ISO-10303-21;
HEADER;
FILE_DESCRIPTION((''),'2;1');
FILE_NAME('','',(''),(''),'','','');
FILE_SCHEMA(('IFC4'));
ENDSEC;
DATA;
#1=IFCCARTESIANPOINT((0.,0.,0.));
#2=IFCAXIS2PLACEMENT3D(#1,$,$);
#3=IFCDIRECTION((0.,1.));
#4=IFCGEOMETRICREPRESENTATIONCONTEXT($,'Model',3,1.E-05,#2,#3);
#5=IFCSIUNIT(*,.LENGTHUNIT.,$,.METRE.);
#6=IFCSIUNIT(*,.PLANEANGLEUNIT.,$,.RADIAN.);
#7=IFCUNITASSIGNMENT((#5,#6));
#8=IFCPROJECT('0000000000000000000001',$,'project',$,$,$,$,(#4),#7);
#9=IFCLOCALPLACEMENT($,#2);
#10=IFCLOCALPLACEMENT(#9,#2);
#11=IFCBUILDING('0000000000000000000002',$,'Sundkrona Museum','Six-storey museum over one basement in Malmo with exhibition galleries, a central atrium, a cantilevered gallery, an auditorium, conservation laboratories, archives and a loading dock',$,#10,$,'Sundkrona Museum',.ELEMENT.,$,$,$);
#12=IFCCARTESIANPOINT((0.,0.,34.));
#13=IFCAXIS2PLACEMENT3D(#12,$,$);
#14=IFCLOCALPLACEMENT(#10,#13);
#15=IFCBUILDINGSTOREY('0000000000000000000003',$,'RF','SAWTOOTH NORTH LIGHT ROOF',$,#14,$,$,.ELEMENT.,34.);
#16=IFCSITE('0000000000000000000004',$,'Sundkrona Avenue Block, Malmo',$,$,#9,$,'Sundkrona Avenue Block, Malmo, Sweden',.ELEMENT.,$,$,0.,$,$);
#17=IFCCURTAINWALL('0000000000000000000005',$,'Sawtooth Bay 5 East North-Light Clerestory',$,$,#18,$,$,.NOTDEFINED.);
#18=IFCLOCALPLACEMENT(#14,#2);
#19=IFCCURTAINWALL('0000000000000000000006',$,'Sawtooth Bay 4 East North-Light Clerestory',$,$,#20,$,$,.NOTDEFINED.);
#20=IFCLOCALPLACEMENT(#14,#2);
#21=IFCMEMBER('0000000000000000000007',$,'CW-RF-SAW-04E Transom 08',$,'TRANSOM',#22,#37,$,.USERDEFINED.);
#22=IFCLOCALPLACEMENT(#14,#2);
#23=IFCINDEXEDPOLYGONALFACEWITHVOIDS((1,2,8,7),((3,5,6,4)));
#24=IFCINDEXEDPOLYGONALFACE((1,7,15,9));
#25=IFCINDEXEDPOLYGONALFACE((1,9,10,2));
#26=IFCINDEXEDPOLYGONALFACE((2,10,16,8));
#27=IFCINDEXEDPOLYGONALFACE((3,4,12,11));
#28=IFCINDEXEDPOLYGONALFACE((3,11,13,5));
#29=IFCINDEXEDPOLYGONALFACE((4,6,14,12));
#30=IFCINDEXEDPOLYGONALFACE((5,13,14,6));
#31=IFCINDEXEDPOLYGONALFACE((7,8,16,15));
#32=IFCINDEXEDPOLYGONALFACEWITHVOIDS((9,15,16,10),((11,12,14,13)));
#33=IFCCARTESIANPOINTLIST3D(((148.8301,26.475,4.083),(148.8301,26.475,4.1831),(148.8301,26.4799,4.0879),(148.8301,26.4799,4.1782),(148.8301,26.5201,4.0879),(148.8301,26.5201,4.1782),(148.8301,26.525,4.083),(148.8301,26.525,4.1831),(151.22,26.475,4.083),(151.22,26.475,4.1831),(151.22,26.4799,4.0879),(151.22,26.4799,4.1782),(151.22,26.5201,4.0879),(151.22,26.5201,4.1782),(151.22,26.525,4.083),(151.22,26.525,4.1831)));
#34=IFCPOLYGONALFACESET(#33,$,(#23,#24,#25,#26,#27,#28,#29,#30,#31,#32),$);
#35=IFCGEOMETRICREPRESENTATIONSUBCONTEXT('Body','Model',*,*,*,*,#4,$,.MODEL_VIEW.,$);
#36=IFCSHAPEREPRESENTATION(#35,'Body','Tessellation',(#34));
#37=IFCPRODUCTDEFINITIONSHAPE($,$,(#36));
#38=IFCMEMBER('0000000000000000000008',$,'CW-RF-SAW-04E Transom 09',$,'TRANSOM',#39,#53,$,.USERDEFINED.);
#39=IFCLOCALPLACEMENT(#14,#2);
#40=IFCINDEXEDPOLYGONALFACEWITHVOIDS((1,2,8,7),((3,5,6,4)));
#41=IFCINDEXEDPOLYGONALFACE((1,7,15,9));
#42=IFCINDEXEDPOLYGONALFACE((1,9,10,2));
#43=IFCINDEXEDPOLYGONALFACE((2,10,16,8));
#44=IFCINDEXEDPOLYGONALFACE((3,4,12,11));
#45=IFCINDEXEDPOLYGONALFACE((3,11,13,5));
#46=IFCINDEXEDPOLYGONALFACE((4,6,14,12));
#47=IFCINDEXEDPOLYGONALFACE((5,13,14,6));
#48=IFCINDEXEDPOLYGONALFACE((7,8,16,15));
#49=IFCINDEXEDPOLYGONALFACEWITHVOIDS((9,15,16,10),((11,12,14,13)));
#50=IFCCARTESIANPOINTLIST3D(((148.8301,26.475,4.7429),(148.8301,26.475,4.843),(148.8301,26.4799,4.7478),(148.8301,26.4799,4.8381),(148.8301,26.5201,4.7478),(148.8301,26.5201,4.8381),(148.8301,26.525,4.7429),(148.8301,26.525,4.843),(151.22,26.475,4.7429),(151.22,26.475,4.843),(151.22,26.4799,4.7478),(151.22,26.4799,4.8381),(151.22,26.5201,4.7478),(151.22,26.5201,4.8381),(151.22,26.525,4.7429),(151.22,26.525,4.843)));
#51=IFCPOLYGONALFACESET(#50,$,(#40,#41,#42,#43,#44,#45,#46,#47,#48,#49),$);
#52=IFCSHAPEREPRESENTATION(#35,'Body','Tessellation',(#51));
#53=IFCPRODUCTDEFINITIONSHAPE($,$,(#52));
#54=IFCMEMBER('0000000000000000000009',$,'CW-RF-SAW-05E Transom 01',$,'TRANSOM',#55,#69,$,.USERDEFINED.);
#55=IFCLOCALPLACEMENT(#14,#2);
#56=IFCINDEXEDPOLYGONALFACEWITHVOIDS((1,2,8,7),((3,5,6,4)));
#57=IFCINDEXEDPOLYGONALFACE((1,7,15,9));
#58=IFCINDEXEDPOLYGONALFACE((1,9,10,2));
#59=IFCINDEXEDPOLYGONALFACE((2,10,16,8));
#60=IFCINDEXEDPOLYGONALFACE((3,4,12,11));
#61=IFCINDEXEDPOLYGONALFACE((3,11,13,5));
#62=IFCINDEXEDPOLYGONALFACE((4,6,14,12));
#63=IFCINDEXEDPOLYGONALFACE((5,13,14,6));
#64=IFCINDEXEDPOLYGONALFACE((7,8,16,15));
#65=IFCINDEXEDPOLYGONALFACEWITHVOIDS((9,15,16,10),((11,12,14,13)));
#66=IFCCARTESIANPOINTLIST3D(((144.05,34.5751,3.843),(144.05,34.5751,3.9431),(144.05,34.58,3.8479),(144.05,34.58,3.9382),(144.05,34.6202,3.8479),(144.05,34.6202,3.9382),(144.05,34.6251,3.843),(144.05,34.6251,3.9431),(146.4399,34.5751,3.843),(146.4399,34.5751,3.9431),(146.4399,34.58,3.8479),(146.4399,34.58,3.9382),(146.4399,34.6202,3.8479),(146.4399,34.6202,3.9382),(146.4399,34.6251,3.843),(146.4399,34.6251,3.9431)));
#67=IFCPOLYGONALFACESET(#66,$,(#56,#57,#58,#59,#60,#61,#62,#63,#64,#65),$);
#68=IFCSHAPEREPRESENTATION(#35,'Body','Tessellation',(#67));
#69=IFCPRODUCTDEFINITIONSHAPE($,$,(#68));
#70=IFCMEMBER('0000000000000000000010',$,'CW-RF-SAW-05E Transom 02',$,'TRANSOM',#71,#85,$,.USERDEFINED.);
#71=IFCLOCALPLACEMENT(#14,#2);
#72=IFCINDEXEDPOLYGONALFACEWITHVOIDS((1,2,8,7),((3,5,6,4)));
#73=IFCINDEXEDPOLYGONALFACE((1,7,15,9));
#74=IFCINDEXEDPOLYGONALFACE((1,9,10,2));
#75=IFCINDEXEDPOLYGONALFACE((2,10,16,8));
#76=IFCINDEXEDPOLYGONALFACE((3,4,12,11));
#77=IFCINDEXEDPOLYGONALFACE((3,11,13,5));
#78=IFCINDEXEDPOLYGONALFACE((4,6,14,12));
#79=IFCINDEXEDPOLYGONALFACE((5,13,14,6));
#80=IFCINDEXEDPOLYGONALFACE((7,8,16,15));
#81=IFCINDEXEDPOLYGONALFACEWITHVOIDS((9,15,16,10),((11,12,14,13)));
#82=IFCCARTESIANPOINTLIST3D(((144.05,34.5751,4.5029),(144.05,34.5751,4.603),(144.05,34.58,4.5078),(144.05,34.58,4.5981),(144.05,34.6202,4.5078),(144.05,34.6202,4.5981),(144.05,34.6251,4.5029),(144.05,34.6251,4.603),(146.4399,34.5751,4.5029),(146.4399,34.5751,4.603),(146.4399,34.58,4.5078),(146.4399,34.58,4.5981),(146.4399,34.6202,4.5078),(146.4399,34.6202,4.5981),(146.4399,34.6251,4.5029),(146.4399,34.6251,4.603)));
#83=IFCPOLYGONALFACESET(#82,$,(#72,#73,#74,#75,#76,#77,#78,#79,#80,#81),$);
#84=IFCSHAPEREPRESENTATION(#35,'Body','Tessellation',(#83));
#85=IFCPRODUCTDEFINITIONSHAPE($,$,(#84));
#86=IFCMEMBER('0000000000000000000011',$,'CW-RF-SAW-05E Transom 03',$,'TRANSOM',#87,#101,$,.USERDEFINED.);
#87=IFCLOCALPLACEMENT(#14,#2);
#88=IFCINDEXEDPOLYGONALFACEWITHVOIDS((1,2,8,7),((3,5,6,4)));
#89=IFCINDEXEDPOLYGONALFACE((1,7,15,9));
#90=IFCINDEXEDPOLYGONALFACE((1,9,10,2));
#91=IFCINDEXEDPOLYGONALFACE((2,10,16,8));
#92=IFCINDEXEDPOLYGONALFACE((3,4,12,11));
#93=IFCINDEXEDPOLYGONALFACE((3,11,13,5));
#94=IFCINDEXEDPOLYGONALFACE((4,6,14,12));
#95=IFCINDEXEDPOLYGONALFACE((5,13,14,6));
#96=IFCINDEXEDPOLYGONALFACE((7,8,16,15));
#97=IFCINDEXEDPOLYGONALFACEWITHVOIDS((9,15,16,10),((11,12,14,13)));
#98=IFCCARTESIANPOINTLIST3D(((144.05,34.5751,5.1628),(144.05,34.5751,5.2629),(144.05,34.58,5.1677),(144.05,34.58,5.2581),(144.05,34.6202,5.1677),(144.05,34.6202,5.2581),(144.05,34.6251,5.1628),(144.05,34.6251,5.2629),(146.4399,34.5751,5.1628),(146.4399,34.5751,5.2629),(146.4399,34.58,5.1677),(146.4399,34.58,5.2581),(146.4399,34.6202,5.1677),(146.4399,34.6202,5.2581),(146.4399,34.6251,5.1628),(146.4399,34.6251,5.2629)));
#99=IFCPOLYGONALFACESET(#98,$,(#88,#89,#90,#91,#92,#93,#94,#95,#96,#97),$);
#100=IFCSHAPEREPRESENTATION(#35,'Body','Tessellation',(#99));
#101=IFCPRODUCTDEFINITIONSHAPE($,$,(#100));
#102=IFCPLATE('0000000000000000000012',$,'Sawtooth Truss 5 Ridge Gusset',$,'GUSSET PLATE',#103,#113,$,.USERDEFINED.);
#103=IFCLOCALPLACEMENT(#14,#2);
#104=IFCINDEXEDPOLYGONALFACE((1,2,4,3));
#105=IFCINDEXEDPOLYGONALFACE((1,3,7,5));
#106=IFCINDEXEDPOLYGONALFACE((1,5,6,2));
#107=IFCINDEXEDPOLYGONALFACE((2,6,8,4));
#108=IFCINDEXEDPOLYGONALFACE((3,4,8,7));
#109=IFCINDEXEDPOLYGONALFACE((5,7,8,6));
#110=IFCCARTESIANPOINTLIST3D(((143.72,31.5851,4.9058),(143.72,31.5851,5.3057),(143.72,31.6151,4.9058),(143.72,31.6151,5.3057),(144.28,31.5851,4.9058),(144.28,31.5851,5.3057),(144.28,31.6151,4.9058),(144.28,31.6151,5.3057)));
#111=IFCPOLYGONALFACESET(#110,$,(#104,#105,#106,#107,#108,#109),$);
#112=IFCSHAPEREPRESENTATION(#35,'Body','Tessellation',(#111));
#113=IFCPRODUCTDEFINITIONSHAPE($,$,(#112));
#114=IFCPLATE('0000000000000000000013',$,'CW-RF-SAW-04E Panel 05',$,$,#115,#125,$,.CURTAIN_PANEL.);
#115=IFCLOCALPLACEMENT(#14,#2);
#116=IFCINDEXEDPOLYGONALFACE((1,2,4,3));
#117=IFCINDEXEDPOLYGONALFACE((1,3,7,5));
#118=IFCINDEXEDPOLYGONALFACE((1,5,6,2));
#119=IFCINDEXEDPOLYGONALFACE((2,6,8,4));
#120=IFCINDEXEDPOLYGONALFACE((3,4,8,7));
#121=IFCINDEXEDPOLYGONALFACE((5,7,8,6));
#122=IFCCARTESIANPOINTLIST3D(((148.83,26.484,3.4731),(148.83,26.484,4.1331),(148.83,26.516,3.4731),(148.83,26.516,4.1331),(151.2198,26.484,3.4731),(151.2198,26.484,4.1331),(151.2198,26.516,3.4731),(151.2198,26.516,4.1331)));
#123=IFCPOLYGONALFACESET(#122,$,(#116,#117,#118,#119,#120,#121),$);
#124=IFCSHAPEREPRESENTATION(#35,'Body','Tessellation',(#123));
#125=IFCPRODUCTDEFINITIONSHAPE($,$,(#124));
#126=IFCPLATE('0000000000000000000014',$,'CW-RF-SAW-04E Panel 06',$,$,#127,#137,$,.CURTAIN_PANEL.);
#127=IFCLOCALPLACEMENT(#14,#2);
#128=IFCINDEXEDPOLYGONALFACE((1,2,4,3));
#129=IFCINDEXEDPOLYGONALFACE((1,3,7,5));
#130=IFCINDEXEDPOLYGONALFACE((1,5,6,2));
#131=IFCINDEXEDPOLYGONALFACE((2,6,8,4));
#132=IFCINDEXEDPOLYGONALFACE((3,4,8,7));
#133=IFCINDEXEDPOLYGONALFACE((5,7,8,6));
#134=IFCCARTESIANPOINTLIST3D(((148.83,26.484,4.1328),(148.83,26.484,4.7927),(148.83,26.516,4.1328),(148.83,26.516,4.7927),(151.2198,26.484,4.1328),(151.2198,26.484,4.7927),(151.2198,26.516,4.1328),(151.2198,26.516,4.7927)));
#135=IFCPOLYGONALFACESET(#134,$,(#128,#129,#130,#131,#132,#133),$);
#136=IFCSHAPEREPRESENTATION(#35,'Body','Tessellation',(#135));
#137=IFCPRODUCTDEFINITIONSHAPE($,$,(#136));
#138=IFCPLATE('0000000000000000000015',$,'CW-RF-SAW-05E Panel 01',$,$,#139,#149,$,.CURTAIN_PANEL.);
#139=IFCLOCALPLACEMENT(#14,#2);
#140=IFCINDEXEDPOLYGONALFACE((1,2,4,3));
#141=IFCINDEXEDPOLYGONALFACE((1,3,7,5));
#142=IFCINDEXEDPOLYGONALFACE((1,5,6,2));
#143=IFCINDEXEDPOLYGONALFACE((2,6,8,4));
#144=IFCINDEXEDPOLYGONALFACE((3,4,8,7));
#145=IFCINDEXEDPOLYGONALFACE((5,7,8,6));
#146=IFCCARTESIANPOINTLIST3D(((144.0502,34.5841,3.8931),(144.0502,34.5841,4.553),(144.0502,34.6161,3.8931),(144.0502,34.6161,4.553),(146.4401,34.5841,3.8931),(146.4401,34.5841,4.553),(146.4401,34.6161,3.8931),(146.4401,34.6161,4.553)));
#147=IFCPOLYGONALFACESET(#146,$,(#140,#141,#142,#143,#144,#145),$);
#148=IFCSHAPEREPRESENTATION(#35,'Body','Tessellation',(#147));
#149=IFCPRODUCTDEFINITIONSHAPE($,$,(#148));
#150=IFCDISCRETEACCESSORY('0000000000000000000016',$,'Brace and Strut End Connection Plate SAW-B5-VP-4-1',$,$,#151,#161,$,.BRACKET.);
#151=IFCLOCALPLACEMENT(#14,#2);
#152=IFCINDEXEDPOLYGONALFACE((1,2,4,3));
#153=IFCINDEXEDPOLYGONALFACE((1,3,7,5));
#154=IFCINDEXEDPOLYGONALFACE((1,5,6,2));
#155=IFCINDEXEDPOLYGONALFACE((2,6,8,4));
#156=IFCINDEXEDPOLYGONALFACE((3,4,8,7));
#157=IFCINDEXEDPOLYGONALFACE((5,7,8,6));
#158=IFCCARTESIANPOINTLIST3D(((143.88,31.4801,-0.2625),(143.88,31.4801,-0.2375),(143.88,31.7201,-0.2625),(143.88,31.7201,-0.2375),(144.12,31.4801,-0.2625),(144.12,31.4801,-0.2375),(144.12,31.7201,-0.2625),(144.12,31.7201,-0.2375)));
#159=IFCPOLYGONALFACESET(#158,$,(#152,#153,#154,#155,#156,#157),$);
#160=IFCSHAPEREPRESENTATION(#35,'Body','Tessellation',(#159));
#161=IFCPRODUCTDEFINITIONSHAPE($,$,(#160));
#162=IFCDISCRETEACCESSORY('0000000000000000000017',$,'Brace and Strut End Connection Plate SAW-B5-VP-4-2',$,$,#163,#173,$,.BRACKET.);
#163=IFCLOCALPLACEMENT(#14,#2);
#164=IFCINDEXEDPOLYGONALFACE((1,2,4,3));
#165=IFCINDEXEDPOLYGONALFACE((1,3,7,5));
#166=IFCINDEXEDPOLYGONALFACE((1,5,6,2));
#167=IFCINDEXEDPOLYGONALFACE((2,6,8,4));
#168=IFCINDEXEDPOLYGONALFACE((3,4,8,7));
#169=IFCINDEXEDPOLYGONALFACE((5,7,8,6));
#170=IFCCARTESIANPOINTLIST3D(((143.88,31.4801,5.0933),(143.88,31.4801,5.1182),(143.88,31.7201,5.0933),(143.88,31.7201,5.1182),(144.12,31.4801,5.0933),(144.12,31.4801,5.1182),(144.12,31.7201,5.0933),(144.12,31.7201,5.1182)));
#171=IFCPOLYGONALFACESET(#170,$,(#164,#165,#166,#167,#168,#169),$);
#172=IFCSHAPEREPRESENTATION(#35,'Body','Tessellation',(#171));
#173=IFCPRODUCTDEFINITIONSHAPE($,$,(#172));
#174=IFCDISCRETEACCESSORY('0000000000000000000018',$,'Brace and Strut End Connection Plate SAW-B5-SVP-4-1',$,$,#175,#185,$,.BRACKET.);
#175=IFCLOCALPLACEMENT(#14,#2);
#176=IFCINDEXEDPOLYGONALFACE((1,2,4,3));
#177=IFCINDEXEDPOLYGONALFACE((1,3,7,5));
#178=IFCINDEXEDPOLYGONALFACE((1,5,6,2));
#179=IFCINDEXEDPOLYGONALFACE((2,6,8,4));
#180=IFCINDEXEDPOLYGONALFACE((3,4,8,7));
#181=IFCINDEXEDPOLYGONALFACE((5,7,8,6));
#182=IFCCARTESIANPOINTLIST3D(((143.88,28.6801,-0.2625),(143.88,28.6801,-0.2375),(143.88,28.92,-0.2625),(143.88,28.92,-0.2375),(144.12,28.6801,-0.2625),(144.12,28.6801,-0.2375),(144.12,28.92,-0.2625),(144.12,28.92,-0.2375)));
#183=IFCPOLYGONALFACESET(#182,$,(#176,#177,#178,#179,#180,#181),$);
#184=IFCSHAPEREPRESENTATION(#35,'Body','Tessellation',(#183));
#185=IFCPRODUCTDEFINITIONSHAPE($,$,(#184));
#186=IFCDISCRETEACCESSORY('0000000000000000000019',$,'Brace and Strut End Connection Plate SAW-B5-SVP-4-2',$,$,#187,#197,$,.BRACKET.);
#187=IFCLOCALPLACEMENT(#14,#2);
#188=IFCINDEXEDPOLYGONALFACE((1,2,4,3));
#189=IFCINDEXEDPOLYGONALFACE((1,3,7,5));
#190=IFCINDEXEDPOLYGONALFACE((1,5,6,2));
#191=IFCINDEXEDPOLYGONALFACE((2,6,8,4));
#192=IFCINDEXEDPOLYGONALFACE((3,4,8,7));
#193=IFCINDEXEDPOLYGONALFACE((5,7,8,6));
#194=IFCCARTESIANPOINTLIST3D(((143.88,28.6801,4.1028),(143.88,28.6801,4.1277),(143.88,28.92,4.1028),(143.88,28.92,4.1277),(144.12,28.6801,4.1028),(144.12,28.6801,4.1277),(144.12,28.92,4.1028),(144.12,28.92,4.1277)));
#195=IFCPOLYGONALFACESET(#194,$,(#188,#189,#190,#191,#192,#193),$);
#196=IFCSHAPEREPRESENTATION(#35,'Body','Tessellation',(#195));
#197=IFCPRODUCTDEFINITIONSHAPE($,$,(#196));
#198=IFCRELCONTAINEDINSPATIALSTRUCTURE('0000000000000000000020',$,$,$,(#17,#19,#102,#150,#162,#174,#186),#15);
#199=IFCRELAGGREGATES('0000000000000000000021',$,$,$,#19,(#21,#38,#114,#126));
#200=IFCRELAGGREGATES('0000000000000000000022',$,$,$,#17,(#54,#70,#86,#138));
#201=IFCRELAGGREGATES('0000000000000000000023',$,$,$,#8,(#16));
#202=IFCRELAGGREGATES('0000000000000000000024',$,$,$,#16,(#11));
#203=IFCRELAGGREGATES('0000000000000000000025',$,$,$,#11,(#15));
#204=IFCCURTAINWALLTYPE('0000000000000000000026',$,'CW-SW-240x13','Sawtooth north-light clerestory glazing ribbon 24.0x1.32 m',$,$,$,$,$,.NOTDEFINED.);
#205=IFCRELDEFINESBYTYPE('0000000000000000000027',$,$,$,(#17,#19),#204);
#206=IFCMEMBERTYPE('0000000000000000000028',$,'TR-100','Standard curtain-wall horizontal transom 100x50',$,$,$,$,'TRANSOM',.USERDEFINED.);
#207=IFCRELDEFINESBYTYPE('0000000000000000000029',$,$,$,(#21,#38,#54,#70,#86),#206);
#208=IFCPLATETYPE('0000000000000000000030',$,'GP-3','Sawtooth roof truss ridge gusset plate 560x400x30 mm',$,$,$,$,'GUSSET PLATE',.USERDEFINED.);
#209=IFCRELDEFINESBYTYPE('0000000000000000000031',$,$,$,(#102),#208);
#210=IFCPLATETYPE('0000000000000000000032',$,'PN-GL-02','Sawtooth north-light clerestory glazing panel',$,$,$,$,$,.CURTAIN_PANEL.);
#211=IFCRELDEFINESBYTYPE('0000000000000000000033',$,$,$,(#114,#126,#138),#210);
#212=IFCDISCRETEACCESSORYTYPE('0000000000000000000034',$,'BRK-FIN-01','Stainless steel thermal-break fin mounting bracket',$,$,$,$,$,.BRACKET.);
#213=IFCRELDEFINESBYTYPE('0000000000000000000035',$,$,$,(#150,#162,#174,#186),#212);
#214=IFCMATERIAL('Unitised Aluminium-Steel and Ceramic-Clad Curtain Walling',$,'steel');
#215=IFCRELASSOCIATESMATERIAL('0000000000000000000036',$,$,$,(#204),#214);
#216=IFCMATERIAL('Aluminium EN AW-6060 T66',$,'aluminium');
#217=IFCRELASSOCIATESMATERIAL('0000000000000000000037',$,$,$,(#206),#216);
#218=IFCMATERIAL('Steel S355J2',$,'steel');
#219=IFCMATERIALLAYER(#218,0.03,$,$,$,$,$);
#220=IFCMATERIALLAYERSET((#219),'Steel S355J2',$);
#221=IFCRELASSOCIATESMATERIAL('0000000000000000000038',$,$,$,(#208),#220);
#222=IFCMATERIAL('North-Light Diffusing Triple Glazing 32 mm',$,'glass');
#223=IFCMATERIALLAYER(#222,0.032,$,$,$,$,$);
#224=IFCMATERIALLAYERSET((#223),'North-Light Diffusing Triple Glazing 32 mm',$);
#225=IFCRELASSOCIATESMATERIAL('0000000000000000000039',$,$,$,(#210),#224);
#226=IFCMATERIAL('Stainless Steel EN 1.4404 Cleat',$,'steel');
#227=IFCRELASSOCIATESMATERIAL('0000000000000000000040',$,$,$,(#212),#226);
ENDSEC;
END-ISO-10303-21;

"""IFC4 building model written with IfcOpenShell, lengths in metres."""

from ifc_helpers import new_model, si_unit, direction, frame, origin, origin_2d, place, context, subcontext, project, spatial, rectangle, hollow_rectangle, extrude, material, layer, layer_set, material_profile, profile_set, type_object, element, aggregate, save


model = new_model("IFC4")

# Units and contexts
model_context = context("Model", 3, precision=1e-05, world=origin(), true_north=direction((0.0, 1.0)))
body_context = subcontext(model_context, "Body", "Model", "MODEL_VIEW")
ifc_project = project(units=[si_unit("LENGTHUNIT", "METRE"), si_unit("PLANEANGLEUNIT", "RADIAN")], contexts=[model_context])

# Site, building, storey
site_placement = place(None, origin())
site = spatial("IfcSite", under=ifc_project, at=site_placement, Name="Sundkrona Avenue Block, Malmo", LongName="Sundkrona Avenue Block, Malmo, Sweden", CompositionType="ELEMENT", RefElevation=0.0)
building_placement = place(site_placement, origin())
building = spatial("IfcBuilding", under=site, at=building_placement, Name="Sundkrona Museum", Description="Six-storey museum over one basement in Malmo with exhibition galleries, a central atrium, a cantilevered gallery, an auditorium, conservation laboratories, archives and a loading dock", LongName="Sundkrona Museum", CompositionType="ELEMENT")
storey_placement = place(building_placement, frame((0.0, 0.0, 34.0)))
storey = spatial("IfcBuildingStorey", under=building, at=storey_placement, Name="RF", Description="SAWTOOTH NORTH LIGHT ROOF", CompositionType="ELEMENT", Elevation=34.0)

# Curtain wall
ifc_material_1 = material(Name="Unitised Aluminium-Steel and Ceramic-Clad Curtain Walling", Category="steel")
curtain_wall_type = type_object("IfcCurtainWallType", Name="CW-SW-240x13", Description="Sawtooth north-light clerestory glazing ribbon 24.0x1.32 m", PredefinedType="NOTDEFINED", material=ifc_material_1)
curtain_wall_1_placement = place(storey_placement, origin())
curtain_wall_1 = element("IfcCurtainWall", 1, at=curtain_wall_1_placement, inside=storey, type_object=curtain_wall_type, Name="Sawtooth Bay 5 East North-Light Clerestory", PredefinedType="NOTDEFINED")
ifc_material_2 = material(Name="Aluminium EN AW-6060 T66", Category="aluminium")

# Shared definitions
ifc_material_3 = material(Name="Steel S355J2", Category="steel")

# Curtain wall, members
curtain_wall_2_placement = place(storey_placement, origin())
curtain_wall_2 = element("IfcCurtainWall", 2, at=curtain_wall_2_placement, inside=storey, type_object=curtain_wall_type, Name="Sawtooth Bay 4 East North-Light Clerestory", PredefinedType="NOTDEFINED")
ifc_material_profile_1 = material_profile(ifc_material_2, hollow_rectangle(XDim=0.05, YDim=0.1001, WallThickness=0.0049, at=origin_2d()), Name="RHS 100x50x5.0")
ifc_profile_set_1 = profile_set([ifc_material_profile_1], Name="Aluminium EN AW-6060 T66")
member_type_1 = type_object("IfcMemberType", Name="TR-100", Description="Standard curtain-wall horizontal transom 100x50", ElementType="TRANSOM", PredefinedType="USERDEFINED", material=ifc_profile_set_1)
member_1_placement = place(storey_placement, frame((148.8301, 26.5, 4.1331), z_axis=(1.0, 0.0, 0.0), x_axis=(0.0, 1.0, 0.0)))
member_1 = element("IfcMember", 3, at=member_1_placement, type_object=member_type_1, Name="CW-RF-SAW-04E Transom 08", ObjectType="TRANSOM", PredefinedType="USERDEFINED", context=body_context, shape_type="SweptSolid", body=[
    extrude(hollow_rectangle(XDim=0.05, YDim=0.1001, WallThickness=0.0049, at=origin_2d()), origin(), (0.0, 0.0, 1.0), 2.3899),
])
member_2_placement = place(storey_placement, frame((148.8301, 26.5, 4.793), z_axis=(1.0, 0.0, 0.0), x_axis=(0.0, 1.0, 0.0)))
member_2 = element("IfcMember", 4, at=member_2_placement, type_object=member_type_1, Name="CW-RF-SAW-04E Transom 09", ObjectType="TRANSOM", PredefinedType="USERDEFINED", context=body_context, shape_type="SweptSolid", body=[
    extrude(hollow_rectangle(XDim=0.05, YDim=0.1001, WallThickness=0.0049, at=origin_2d()), origin(), (0.0, 0.0, 1.0), 2.3899),
])

# Members
member_3_placement = place(storey_placement, frame((144.05, 34.6001, 3.8931), z_axis=(1.0, 0.0, 0.0), x_axis=(0.0, 1.0, 0.0)))
member_3 = element("IfcMember", 5, at=member_3_placement, type_object=member_type_1, Name="CW-RF-SAW-05E Transom 01", ObjectType="TRANSOM", PredefinedType="USERDEFINED", context=body_context, shape_type="SweptSolid", body=[
    extrude(hollow_rectangle(XDim=0.05, YDim=0.1001, WallThickness=0.0049, at=origin_2d()), origin(), (0.0, 0.0, 1.0), 2.3899),
])
member_4_placement = place(storey_placement, frame((144.05, 34.6001, 4.553), z_axis=(1.0, 0.0, 0.0), x_axis=(0.0, 1.0, 0.0)))
member_4 = element("IfcMember", 6, at=member_4_placement, type_object=member_type_1, Name="CW-RF-SAW-05E Transom 02", ObjectType="TRANSOM", PredefinedType="USERDEFINED", context=body_context, shape_type="SweptSolid", body=[
    extrude(hollow_rectangle(XDim=0.05, YDim=0.1001, WallThickness=0.0049, at=origin_2d()), origin(), (0.0, 0.0, 1.0), 2.3899),
])
member_5_placement = place(storey_placement, frame((144.05, 34.6001, 5.2129), z_axis=(1.0, 0.0, 0.0), x_axis=(0.0, 1.0, 0.0)))
member_5 = element("IfcMember", 7, at=member_5_placement, type_object=member_type_1, Name="CW-RF-SAW-05E Transom 03", ObjectType="TRANSOM", PredefinedType="USERDEFINED", context=body_context, shape_type="SweptSolid", body=[
    extrude(hollow_rectangle(XDim=0.05, YDim=0.1001, WallThickness=0.0049, at=origin_2d()), origin(), (0.0, 0.0, 1.0), 2.3899),
])

# Plates
ifc_layer_1 = layer(ifc_material_3, 0.03)
ifc_layer_set_1 = layer_set([ifc_layer_1], Name="Steel S355J2")
plate_type_1 = type_object("IfcPlateType", Name="GP-3", Description="Sawtooth roof truss ridge gusset plate 560x400x30 mm", ElementType="GUSSET PLATE", PredefinedType="USERDEFINED", material=ifc_layer_set_1)
plate_1_placement = place(storey_placement, frame((144.0, 31.6001, 4.9058), z_axis=(0.0, 0.0, 1.0), x_axis=(1.0, 0.0, 0.0)))
element("IfcPlate", 8, at=plate_1_placement, inside=storey, type_object=plate_type_1, Name="Sawtooth Truss 5 Ridge Gusset", ObjectType="GUSSET PLATE", PredefinedType="USERDEFINED", context=body_context, shape_type="SweptSolid", body=[
    extrude(rectangle(XDim=0.5601, YDim=0.03, at=origin_2d()), origin(), (0.0, 0.0, 1.0), 0.3999),
])
ifc_material_4 = material(Name="North-Light Diffusing Triple Glazing 32 mm", Category="glass")
ifc_layer_2 = layer(ifc_material_4, 0.032)
ifc_layer_set_2 = layer_set([ifc_layer_2], Name="North-Light Diffusing Triple Glazing 32 mm")
plate_type_2 = type_object("IfcPlateType", Name="PN-GL-02", Description="Sawtooth north-light clerestory glazing panel", PredefinedType="CURTAIN_PANEL", material=ifc_layer_set_2)
plate_2_placement = place(storey_placement, frame((150.0249, 26.5, 3.4731), z_axis=(0.0, 0.0, 1.0), x_axis=(1.0, 0.0, 0.0)))
plate_2 = element("IfcPlate", 9, at=plate_2_placement, type_object=plate_type_2, Name="CW-RF-SAW-04E Panel 05", PredefinedType="CURTAIN_PANEL", context=body_context, shape_type="SweptSolid", body=[
    extrude(rectangle(XDim=2.3899, YDim=0.032, at=origin_2d()), origin(), (0.0, 0.0, 1.0), 0.6599),
])
plate_3_placement = place(storey_placement, frame((150.0249, 26.5, 4.1328), z_axis=(0.0, 0.0, 1.0), x_axis=(1.0, 0.0, 0.0)))
plate_3 = element("IfcPlate", 10, at=plate_3_placement, type_object=plate_type_2, Name="CW-RF-SAW-04E Panel 06", PredefinedType="CURTAIN_PANEL", context=body_context, shape_type="SweptSolid", body=[
    extrude(rectangle(XDim=2.3899, YDim=0.032, at=origin_2d()), origin(), (0.0, 0.0, 1.0), 0.6599),
])
aggregate(curtain_wall_2, [member_1, member_2, plate_2, plate_3])
plate_4_placement = place(storey_placement, frame((145.2451, 34.6001, 3.8931), z_axis=(0.0, 0.0, 1.0), x_axis=(1.0, 0.0, 0.0)))
plate_4 = element("IfcPlate", 11, at=plate_4_placement, type_object=plate_type_2, Name="CW-RF-SAW-05E Panel 01", PredefinedType="CURTAIN_PANEL", context=body_context, shape_type="SweptSolid", body=[
    extrude(rectangle(XDim=2.3899, YDim=0.032, at=origin_2d()), origin(), (0.0, 0.0, 1.0), 0.6599),
])
aggregate(curtain_wall_1, [member_3, member_4, member_5, plate_4])

# Discrete accessories
ifc_material_5 = material(Name="Stainless Steel EN 1.4404 Cleat", Category="steel")
discrete_accessory_type = type_object("IfcDiscreteAccessoryType", Name="BRK-FIN-01", Description="Stainless steel thermal-break fin mounting bracket", PredefinedType="BRACKET", material=ifc_material_5)
for number, where, z_axis, x_axis, name in (
    (12, (144.0, 31.6001, -0.2625), (0.0, 0.0, 1.0), (1.0, 0.0, 0.0), "Brace and Strut End Connection Plate SAW-B5-VP-4-1"),
    (13, (144.0, 31.6001, 5.0933), (0.0, 0.0, 1.0), (1.0, 0.0, 0.0), "Brace and Strut End Connection Plate SAW-B5-VP-4-2"),
    (14, (144.0, 28.8, -0.2625), (0.0, 0.0, 1.0), (1.0, 0.0, 0.0), "Brace and Strut End Connection Plate SAW-B5-SVP-4-1"),
    (15, (144.0, 28.8, 4.1028), (0.0, 0.0, 1.0), (1.0, 0.0, 0.0), "Brace and Strut End Connection Plate SAW-B5-SVP-4-2"),
):
    element("IfcDiscreteAccessory", number, at=place(storey_placement, frame(where, z_axis=z_axis, x_axis=x_axis)), inside=storey, type_object=discrete_accessory_type, Name=name, PredefinedType="BRACKET", context=body_context, shape_type="SweptSolid", body=[
        extrude(rectangle(XDim=0.24, YDim=0.24, at=origin_2d()), origin(), (0.0, 0.0, 1.0), 0.0249),
    ])

save(model, "model.ifc")
